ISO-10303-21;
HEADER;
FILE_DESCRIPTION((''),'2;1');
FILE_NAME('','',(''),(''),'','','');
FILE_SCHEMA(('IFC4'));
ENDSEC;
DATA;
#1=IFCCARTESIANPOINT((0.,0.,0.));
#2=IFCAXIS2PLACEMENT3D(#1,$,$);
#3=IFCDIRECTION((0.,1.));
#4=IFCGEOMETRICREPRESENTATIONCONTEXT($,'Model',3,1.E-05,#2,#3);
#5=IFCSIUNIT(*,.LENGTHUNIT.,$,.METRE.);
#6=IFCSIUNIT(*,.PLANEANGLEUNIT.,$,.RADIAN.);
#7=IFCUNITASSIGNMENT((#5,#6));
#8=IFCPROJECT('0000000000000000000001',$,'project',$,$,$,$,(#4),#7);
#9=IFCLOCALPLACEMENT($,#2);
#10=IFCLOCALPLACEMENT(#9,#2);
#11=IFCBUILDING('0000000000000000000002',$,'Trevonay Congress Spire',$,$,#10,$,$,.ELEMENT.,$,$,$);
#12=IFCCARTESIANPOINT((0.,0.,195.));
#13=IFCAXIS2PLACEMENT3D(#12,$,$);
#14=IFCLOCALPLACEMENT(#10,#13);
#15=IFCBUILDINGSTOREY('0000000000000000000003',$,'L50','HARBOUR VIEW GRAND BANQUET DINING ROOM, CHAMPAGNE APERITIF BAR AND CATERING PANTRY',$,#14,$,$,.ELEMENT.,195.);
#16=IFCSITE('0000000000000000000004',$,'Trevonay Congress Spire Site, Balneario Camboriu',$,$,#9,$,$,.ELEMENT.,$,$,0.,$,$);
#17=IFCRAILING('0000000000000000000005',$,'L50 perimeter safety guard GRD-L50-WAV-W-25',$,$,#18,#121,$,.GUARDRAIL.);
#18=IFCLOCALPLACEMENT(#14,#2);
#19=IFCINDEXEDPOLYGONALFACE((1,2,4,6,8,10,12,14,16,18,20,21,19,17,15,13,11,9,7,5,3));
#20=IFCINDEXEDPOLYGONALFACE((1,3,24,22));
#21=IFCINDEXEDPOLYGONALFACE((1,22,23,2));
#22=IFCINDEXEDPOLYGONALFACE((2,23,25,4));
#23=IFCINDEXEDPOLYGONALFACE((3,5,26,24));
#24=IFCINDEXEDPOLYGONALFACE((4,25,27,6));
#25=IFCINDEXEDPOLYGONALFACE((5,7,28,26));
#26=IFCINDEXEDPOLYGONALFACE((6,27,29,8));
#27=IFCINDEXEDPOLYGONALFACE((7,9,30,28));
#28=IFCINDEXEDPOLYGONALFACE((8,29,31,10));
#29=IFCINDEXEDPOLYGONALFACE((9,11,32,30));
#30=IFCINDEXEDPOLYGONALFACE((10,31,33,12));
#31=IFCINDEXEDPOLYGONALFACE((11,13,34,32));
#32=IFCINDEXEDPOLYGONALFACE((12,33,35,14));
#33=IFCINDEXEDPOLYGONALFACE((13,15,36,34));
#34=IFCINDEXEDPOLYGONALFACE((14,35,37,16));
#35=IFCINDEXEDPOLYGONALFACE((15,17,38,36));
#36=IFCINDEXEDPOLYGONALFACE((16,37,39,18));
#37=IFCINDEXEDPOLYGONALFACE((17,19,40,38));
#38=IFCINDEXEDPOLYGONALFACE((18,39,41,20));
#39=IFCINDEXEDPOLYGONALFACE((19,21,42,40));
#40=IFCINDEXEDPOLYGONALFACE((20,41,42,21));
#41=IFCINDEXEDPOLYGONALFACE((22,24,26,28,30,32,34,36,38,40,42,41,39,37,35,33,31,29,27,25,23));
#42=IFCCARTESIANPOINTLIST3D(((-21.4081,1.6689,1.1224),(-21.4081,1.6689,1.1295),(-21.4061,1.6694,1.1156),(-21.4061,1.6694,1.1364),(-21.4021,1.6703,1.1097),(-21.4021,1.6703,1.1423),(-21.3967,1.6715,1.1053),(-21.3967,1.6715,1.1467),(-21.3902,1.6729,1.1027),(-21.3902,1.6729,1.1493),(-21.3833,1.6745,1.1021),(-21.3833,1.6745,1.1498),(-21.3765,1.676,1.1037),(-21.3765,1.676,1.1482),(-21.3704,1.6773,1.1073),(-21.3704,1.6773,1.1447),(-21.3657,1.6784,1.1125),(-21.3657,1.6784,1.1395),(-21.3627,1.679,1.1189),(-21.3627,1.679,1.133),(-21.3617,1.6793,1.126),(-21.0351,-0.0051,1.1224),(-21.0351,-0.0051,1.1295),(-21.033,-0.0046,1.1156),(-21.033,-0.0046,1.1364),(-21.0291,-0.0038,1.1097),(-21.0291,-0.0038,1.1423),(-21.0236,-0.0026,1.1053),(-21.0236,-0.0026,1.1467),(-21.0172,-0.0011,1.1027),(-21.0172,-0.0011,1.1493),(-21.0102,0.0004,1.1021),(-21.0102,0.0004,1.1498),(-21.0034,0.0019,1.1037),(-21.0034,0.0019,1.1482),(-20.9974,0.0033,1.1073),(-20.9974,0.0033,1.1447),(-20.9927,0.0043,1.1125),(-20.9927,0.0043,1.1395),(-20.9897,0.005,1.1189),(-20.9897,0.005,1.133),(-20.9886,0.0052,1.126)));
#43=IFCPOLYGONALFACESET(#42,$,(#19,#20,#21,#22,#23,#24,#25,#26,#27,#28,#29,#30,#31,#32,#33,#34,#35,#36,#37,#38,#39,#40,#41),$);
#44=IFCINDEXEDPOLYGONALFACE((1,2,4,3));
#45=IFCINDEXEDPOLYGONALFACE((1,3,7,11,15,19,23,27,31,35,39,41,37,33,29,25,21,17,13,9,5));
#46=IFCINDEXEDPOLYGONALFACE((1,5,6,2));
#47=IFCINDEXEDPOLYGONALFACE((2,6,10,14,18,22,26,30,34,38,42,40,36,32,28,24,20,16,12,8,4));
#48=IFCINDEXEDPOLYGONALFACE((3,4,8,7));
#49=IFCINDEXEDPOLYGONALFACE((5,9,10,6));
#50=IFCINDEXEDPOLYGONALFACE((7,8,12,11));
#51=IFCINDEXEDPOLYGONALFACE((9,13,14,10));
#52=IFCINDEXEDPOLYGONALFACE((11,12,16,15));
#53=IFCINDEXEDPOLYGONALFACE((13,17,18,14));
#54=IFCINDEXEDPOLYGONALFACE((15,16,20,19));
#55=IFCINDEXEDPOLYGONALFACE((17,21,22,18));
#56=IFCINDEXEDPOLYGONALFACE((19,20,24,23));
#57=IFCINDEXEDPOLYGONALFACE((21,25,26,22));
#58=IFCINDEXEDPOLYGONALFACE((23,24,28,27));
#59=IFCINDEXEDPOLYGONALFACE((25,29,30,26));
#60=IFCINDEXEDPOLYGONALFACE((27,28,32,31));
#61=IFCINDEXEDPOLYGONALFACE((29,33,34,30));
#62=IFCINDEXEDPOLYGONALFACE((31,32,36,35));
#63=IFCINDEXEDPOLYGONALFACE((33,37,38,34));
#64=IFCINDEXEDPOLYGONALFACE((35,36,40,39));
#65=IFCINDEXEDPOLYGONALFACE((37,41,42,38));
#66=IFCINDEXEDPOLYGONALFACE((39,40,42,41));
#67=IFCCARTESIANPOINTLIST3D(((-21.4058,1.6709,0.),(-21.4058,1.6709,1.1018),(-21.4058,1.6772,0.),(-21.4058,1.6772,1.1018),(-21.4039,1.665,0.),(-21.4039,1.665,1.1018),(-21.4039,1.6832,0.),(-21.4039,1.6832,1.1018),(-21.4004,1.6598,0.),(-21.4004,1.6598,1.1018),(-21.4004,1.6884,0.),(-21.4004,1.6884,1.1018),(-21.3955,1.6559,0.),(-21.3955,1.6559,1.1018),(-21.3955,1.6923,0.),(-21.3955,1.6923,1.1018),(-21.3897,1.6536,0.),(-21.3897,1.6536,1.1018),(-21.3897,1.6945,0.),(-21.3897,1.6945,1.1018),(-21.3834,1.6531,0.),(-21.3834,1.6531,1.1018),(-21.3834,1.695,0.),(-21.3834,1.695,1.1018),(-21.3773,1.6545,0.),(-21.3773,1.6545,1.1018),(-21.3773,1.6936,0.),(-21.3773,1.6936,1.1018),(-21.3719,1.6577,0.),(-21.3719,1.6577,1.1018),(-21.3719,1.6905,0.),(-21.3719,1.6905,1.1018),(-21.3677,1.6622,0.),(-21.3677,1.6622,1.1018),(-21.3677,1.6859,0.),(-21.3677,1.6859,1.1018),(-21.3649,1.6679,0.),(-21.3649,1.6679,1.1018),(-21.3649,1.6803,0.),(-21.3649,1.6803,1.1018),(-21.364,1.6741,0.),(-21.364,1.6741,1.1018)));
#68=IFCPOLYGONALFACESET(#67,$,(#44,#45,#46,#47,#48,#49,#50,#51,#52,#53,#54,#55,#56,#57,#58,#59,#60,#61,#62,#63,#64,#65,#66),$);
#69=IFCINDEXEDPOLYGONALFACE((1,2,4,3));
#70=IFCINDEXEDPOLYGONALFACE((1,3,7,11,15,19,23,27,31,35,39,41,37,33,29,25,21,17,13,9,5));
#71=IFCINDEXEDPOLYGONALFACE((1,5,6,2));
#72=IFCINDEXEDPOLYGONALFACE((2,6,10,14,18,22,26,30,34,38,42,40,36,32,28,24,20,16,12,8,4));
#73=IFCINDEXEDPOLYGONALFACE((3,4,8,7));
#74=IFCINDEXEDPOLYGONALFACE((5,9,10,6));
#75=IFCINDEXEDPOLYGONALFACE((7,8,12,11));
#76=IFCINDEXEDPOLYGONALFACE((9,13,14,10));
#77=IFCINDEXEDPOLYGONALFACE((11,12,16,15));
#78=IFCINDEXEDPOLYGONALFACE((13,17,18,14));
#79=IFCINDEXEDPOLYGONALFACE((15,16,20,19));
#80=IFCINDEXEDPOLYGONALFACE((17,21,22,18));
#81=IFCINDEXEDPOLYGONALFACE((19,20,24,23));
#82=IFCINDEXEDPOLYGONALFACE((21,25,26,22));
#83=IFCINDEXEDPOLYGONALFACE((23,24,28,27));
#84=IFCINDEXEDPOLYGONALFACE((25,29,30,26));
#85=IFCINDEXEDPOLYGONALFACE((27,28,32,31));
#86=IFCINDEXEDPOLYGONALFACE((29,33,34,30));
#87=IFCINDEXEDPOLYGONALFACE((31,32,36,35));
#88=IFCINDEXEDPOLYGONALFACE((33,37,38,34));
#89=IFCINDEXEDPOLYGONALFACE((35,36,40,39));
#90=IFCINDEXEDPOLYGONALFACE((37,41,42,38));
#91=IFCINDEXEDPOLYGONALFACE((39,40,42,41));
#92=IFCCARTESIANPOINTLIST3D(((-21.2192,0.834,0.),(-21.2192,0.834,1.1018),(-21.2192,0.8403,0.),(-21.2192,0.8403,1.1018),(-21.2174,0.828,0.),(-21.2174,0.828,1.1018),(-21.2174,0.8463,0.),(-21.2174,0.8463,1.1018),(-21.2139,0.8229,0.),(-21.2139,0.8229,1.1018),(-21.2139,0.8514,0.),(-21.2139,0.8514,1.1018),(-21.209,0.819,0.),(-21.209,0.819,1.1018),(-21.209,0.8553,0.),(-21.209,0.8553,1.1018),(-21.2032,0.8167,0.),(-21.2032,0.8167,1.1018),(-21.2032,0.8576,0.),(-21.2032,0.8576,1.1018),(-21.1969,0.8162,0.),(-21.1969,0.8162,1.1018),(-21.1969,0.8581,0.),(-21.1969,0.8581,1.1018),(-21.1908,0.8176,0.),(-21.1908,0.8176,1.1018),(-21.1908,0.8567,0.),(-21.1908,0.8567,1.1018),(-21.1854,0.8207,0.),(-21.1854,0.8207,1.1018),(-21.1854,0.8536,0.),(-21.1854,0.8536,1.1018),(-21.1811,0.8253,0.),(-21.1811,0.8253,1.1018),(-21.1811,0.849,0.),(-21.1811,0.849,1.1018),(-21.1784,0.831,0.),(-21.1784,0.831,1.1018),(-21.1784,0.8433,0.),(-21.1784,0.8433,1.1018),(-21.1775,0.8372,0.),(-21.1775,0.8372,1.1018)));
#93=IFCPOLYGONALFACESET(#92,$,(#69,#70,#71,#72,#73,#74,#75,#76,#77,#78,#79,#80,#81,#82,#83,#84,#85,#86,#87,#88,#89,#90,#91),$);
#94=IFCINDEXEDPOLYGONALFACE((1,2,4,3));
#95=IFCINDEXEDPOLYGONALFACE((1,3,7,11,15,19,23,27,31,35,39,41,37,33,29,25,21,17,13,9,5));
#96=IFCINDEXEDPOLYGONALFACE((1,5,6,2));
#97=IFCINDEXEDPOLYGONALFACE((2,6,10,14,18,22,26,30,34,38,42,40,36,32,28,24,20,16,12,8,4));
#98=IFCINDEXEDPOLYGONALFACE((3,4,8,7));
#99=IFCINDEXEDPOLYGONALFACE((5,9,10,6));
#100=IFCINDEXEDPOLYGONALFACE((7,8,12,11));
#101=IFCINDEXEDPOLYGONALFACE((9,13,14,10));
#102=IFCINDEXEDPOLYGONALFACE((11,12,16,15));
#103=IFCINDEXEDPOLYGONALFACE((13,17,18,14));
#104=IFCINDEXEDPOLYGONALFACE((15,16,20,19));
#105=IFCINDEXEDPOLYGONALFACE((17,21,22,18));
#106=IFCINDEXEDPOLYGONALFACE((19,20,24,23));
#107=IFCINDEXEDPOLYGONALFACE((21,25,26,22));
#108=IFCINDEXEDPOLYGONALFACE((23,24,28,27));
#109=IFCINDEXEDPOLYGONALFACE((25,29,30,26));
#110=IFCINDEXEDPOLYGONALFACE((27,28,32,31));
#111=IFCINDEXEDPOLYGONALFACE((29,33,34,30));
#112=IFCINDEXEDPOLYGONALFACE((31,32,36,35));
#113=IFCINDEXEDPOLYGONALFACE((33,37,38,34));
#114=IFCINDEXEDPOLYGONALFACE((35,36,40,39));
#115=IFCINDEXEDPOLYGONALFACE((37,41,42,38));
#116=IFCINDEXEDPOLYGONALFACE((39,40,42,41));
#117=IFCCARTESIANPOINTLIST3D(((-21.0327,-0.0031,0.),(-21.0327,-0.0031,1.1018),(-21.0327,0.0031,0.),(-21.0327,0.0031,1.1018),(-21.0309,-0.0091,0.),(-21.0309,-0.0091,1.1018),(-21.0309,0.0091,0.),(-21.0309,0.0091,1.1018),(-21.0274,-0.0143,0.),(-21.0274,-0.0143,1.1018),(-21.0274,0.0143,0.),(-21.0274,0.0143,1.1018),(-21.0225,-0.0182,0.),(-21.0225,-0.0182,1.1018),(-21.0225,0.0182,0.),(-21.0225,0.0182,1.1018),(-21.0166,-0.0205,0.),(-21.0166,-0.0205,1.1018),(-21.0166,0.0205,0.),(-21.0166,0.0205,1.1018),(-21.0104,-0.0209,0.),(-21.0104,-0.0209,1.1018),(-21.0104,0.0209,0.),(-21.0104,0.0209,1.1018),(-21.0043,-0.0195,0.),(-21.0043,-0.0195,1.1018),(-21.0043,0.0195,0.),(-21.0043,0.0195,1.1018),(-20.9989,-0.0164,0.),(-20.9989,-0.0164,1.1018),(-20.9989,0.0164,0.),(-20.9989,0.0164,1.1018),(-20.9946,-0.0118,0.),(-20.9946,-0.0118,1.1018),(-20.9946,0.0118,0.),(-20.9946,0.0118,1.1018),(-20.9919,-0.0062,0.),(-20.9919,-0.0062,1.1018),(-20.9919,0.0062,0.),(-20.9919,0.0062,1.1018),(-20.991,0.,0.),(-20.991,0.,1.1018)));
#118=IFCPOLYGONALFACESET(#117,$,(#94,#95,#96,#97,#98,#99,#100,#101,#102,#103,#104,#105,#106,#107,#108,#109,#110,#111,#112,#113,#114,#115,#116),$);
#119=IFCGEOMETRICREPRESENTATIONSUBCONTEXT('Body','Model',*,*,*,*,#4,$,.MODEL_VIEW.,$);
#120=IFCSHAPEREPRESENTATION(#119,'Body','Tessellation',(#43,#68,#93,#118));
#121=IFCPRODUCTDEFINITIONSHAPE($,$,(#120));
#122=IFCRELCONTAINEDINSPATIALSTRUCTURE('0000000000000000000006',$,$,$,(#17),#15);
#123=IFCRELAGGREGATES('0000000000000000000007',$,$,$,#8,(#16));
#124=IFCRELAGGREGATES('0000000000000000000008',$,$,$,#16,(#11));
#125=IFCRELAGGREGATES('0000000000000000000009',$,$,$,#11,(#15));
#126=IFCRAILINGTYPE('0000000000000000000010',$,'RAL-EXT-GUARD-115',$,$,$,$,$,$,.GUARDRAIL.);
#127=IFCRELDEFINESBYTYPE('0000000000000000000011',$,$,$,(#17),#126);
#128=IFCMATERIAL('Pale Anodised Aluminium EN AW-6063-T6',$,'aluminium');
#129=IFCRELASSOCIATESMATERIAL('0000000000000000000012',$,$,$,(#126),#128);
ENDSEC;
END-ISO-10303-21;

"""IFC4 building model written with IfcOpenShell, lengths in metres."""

from ifc_helpers import new_model, si_unit, direction, frame, origin, origin_2d, place, context, subcontext, project, spatial, circle, extrude, material, type_object, element, save


model = new_model("IFC4")

# Units and contexts
model_context = context("Model", 3, precision=1e-05, world=origin(), true_north=direction((0.0, 1.0)))
body_context = subcontext(model_context, "Body", "Model", "MODEL_VIEW")
ifc_project = project(units=[si_unit("LENGTHUNIT", "METRE"), si_unit("PLANEANGLEUNIT", "RADIAN")], contexts=[model_context])

# Site, building, storey
site_placement = place(None, origin())
site = spatial("IfcSite", under=ifc_project, at=site_placement, Name="Trevonay Congress Spire Site, Balneario Camboriu", CompositionType="ELEMENT", RefElevation=0.0)
building_placement = place(site_placement, origin())
building = spatial("IfcBuilding", under=site, at=building_placement, Name="Trevonay Congress Spire", CompositionType="ELEMENT")
storey_placement = place(building_placement, frame((0.0, 0.0, 195.0)))
storey = spatial("IfcBuildingStorey", under=building, at=storey_placement, Name="L50", Description="HARBOUR VIEW GRAND BANQUET DINING ROOM, CHAMPAGNE APERITIF BAR AND CATERING PANTRY", CompositionType="ELEMENT", Elevation=195.0)

# Shared definitions
ifc_material_1 = material(Name="Pale Anodised Aluminium EN AW-6063-T6", Category="aluminium")

# Railing
railing_type = type_object("IfcRailingType", Name="RAL-EXT-GUARD-115", PredefinedType="GUARDRAIL", material=ifc_material_1)
railing_1_placement = place(storey_placement, frame((-21.385, 1.6741, 0.0)))
element("IfcRailing", 1, at=railing_1_placement, inside=storey, type_object=railing_type, Name="L50 perimeter safety guard GRD-L50-WAV-W-25", PredefinedType="GUARDRAIL", context=body_context, shape_type="SweptSolid", body=[
    extrude(circle(Radius=0.0239, at=origin_2d()), frame((0.0, 0.0, 1.126), z_axis=(0.217503, -0.97606, 0.0), x_axis=(0.97606, 0.217503, 0.0)), (0.0, 0.0, 1.0), 1.7151),
    extrude(circle(Radius=0.021, at=origin_2d()), origin(), (0.0, 0.0, 1.0), 1.1018),
    extrude(circle(Radius=0.021, at=origin_2d()), frame((0.1865, -0.8369, 0.0)), (0.0, 0.0, 1.0), 1.1018),
    extrude(circle(Radius=0.021, at=origin_2d()), frame((0.373, -1.6741, 0.0)), (0.0, 0.0, 1.0), 1.1018),
])

save(model, "model.ifc")
